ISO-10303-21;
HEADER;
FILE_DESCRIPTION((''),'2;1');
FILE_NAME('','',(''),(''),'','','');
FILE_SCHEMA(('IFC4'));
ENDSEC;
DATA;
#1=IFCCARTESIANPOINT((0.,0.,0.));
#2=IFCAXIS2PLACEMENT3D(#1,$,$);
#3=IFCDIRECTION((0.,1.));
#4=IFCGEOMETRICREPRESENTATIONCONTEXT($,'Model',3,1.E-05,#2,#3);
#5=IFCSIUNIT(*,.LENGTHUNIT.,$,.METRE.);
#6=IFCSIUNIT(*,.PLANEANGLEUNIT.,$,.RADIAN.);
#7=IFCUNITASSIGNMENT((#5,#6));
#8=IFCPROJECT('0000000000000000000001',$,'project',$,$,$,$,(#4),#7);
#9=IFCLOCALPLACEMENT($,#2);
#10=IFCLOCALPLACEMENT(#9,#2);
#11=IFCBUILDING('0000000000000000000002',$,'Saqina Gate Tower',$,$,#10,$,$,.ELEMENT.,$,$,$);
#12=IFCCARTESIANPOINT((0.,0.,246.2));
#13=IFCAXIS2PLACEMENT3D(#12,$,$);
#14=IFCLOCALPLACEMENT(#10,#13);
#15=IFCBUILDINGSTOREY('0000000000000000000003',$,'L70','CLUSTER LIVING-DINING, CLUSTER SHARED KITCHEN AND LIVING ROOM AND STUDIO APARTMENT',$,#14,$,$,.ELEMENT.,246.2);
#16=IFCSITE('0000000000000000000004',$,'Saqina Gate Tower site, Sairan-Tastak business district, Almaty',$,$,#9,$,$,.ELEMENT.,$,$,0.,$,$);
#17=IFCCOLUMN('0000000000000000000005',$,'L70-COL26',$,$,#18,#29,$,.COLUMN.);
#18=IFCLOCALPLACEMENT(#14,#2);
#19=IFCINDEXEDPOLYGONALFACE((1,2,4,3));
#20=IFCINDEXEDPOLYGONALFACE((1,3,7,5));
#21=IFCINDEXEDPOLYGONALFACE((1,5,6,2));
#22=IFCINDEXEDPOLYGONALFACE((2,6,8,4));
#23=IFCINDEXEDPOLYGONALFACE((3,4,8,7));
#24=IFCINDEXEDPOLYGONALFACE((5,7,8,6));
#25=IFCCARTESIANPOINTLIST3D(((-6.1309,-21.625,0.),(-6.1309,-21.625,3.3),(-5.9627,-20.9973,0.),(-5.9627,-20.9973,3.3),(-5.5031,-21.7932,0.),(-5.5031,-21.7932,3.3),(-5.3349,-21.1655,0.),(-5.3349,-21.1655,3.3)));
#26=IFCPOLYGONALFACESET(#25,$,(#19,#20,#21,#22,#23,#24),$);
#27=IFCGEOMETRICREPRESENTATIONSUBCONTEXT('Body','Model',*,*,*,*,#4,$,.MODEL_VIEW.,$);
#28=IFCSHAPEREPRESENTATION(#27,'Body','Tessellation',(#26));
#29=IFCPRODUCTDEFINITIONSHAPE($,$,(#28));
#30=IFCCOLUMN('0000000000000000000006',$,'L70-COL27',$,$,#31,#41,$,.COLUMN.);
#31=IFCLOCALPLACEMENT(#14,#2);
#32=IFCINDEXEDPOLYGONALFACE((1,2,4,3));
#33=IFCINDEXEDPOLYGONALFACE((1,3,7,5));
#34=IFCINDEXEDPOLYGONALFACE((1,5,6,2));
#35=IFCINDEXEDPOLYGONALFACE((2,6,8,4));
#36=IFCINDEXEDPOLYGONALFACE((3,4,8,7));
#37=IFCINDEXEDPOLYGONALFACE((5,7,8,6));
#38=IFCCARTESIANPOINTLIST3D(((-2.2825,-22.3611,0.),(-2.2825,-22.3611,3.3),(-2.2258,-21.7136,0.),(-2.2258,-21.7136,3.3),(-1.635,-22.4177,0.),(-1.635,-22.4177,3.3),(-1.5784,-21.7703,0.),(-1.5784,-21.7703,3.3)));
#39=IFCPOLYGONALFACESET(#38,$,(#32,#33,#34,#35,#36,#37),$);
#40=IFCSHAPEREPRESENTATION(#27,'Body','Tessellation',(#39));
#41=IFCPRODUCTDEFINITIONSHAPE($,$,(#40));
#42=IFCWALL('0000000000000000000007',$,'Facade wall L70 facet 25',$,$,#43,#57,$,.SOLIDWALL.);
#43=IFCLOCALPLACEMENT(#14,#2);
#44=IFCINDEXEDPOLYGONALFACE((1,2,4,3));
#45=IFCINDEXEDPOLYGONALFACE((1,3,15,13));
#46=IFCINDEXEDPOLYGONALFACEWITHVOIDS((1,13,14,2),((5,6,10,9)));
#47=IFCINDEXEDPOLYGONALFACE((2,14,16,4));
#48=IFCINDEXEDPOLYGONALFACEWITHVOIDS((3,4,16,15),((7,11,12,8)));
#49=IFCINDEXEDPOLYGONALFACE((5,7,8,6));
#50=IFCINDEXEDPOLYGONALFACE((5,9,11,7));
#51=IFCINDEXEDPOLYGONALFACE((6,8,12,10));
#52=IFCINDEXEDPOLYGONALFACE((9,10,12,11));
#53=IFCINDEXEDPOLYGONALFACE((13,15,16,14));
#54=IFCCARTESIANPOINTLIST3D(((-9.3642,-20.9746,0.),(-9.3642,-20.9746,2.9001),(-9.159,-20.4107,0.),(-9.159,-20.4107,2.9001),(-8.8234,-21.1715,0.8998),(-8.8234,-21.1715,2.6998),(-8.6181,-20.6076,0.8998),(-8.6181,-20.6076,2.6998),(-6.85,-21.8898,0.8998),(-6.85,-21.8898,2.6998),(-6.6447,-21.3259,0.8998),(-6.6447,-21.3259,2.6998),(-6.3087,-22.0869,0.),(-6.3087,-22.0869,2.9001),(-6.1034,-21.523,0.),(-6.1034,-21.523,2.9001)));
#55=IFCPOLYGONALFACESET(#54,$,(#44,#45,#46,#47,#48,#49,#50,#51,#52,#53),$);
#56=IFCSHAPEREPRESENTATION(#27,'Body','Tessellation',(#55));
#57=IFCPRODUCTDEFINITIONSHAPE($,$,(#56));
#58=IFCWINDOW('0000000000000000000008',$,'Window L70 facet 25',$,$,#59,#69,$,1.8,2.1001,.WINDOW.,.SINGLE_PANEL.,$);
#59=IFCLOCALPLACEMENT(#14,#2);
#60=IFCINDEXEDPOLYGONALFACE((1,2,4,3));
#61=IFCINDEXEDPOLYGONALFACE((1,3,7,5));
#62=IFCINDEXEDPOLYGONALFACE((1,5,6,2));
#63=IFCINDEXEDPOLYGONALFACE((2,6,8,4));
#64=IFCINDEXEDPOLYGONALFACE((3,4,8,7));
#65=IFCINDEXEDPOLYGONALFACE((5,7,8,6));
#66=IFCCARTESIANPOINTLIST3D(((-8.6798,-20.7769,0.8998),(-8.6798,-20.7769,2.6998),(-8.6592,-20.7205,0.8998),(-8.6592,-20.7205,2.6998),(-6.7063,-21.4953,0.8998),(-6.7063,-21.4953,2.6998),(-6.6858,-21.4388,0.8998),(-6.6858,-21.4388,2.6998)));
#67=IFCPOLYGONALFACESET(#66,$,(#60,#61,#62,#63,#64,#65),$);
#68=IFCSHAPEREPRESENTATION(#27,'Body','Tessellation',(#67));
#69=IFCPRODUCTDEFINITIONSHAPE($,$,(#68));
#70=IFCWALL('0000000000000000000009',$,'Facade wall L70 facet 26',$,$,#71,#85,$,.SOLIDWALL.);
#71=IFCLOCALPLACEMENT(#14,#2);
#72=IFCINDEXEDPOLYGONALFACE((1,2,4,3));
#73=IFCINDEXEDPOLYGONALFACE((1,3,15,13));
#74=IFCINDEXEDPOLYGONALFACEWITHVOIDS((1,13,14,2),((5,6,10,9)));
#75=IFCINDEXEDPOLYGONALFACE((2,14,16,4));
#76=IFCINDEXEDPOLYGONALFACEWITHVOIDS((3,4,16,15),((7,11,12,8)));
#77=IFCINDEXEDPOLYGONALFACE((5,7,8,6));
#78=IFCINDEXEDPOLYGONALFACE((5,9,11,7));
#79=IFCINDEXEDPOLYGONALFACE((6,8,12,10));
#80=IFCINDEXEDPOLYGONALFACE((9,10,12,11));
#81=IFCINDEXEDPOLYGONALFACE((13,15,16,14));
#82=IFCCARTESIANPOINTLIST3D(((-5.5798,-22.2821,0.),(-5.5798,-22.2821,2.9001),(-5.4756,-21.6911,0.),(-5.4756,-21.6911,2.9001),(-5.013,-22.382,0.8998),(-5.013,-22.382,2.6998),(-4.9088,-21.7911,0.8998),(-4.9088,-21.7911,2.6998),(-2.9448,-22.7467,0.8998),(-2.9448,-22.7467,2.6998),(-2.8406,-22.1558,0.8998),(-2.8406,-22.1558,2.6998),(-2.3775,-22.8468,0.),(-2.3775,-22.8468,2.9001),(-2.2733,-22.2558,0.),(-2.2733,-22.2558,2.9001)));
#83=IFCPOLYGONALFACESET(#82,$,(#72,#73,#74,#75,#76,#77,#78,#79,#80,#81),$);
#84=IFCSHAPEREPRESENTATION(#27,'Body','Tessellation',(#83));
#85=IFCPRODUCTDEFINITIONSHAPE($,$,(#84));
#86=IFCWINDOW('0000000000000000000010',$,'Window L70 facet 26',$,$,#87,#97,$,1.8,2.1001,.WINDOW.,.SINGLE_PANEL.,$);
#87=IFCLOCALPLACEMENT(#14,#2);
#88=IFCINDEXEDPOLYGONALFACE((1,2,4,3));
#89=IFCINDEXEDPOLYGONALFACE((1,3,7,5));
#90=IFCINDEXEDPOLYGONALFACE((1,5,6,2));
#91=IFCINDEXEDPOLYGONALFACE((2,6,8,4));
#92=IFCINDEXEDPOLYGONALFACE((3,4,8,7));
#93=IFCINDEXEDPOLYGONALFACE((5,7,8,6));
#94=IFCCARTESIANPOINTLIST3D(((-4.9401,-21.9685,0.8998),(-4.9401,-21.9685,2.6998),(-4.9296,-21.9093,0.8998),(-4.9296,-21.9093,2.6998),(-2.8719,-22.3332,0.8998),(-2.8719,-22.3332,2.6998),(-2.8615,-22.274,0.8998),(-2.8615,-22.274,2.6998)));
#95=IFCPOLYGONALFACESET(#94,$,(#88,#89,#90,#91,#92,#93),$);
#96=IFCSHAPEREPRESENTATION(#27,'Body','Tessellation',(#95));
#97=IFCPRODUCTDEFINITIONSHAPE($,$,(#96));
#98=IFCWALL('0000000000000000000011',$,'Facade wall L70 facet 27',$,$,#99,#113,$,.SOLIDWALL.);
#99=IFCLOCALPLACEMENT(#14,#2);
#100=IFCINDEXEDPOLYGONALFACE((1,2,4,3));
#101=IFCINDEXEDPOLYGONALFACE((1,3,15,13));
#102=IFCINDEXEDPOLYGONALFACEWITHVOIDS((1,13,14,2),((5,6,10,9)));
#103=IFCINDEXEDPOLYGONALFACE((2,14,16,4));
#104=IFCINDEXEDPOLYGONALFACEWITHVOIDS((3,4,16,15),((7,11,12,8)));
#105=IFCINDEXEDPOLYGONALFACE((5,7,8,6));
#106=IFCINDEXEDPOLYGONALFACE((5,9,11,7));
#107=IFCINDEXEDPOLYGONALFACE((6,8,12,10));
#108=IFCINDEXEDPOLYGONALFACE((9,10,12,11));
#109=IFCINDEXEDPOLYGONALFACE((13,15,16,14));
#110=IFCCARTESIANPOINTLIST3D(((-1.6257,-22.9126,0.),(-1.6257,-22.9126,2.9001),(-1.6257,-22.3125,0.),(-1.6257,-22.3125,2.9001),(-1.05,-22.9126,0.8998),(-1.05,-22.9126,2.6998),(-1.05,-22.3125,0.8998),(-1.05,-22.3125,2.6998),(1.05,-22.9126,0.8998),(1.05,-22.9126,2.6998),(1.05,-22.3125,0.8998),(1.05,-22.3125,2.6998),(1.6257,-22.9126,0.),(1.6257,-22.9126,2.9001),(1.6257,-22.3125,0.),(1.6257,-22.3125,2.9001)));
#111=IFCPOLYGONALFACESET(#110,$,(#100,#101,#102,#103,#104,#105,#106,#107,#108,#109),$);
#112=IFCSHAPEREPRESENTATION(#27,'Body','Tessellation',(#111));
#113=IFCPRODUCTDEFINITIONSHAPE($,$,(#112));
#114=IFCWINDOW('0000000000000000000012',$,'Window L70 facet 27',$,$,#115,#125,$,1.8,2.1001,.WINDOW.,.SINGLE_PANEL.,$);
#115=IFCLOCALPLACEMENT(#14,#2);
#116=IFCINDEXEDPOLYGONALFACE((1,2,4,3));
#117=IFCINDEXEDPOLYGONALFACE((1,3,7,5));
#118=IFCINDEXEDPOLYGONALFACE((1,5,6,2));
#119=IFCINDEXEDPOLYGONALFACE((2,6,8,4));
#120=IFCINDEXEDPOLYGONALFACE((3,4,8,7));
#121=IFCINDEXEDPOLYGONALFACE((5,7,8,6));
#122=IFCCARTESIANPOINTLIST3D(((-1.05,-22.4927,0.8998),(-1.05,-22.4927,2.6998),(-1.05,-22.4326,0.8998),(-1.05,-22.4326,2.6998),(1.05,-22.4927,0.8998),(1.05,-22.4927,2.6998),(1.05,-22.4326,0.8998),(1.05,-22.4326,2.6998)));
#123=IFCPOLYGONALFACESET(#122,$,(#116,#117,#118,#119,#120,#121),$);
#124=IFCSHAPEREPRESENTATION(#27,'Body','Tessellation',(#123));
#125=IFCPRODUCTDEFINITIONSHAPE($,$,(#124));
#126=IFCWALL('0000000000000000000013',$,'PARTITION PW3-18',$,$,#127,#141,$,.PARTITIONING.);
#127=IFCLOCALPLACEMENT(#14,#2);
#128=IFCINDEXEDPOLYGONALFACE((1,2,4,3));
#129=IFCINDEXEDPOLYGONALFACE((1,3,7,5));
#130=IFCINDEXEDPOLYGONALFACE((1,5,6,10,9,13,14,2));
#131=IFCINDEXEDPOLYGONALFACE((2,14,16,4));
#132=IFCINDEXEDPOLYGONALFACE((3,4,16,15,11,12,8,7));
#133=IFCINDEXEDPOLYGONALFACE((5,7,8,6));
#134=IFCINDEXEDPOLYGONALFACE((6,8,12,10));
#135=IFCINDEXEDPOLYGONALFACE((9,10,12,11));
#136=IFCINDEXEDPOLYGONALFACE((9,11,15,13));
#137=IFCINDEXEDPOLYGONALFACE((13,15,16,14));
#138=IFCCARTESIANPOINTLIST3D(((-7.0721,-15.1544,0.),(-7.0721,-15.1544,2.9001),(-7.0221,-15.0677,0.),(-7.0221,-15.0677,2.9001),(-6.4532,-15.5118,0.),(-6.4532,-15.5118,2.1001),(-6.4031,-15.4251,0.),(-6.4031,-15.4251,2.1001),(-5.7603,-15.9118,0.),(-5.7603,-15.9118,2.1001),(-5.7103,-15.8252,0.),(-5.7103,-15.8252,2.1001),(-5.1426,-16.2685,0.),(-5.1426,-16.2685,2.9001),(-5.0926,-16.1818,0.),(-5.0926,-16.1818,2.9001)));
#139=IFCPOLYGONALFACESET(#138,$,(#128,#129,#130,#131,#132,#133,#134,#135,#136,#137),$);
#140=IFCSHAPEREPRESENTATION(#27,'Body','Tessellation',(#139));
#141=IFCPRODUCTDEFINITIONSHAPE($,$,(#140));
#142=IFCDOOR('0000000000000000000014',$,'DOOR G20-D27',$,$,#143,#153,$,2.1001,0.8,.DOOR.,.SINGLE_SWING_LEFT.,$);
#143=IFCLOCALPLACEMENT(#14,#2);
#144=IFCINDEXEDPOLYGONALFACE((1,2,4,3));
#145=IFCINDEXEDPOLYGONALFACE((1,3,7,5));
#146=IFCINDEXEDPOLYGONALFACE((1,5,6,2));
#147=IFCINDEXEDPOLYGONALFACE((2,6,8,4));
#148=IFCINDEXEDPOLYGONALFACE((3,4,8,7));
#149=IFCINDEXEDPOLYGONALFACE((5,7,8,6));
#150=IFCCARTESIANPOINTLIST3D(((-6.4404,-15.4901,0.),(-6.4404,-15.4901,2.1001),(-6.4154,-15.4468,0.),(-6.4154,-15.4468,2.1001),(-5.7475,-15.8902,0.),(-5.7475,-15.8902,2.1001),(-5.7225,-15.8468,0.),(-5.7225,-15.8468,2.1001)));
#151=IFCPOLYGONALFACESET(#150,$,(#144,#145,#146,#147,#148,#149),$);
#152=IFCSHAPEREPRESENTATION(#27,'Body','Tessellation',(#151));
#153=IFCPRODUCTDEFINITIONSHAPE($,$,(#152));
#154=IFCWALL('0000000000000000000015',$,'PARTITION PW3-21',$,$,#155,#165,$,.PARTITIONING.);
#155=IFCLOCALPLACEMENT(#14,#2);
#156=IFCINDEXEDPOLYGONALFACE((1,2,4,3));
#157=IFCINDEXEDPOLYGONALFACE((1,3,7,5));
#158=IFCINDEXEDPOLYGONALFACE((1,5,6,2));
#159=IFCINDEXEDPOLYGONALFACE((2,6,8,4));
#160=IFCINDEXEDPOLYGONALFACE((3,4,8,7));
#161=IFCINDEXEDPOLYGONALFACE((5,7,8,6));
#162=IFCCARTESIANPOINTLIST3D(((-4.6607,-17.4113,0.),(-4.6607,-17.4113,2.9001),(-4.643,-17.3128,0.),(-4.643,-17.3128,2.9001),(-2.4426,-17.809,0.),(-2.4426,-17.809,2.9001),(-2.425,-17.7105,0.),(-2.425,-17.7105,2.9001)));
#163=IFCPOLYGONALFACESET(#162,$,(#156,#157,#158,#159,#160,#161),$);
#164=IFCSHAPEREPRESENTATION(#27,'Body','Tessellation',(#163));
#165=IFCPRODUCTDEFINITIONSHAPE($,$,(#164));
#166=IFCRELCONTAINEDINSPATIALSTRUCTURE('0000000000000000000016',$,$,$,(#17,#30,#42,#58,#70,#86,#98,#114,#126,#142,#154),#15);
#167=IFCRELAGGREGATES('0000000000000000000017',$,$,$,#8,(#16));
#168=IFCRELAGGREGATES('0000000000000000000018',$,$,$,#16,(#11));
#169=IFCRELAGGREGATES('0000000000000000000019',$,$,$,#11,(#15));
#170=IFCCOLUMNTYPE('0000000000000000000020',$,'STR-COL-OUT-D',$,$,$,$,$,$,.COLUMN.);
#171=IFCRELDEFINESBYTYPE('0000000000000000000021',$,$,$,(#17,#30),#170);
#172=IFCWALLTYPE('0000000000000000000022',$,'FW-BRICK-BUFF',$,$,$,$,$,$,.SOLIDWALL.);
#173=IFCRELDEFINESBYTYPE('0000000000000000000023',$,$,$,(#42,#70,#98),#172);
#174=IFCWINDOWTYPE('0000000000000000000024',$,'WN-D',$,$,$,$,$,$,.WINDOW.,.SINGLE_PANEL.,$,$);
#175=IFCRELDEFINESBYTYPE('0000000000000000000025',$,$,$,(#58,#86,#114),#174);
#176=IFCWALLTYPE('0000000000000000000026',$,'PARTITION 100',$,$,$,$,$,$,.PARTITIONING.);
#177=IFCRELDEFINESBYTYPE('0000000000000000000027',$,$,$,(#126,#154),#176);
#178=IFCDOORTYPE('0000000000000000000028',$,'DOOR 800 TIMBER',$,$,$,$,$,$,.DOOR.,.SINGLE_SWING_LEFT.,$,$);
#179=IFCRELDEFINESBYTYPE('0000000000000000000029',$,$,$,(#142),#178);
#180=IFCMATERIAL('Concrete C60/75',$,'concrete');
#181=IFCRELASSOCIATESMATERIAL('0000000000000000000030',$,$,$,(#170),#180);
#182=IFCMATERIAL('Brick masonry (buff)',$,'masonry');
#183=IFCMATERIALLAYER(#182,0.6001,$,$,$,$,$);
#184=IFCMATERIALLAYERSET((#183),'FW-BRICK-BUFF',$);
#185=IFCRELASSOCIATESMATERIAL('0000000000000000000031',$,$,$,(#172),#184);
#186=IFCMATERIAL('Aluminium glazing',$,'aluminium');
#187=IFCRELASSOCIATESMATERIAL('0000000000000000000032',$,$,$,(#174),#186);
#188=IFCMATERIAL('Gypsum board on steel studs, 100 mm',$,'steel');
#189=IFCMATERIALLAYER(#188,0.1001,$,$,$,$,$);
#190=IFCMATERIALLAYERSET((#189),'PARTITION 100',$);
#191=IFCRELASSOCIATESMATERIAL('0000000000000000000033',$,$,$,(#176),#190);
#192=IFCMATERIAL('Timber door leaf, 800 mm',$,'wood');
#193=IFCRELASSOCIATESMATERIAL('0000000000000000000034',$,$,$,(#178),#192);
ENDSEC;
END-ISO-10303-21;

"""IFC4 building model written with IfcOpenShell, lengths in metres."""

from ifc_helpers import new_model, si_unit, direction, frame, frame_2d, origin, origin_2d, place, context, subcontext, project, spatial, rectangle, extrude, material, layer, layer_set, material_profile, profile_set, type_object, element, fill, save


model = new_model("IFC4")

# Units and contexts
model_context = context("Model", 3, precision=1e-05, world=origin(), true_north=direction((0.0, 1.0)))
body_context = subcontext(model_context, "Body", "Model", "MODEL_VIEW")
ifc_project = project(units=[si_unit("LENGTHUNIT", "METRE"), si_unit("PLANEANGLEUNIT", "RADIAN")], contexts=[model_context])

# Site, building, storey
site_placement = place(None, origin())
site = spatial("IfcSite", under=ifc_project, at=site_placement, Name="Saqina Gate Tower site, Sairan-Tastak business district, Almaty", CompositionType="ELEMENT", RefElevation=0.0)
building_placement = place(site_placement, origin())
building = spatial("IfcBuilding", under=site, at=building_placement, Name="Saqina Gate Tower", CompositionType="ELEMENT")
storey_placement = place(building_placement, frame((0.0, 0.0, 246.2)))
storey = spatial("IfcBuildingStorey", under=building, at=storey_placement, Name="L70", Description="CLUSTER LIVING-DINING, CLUSTER SHARED KITCHEN AND LIVING ROOM AND STUDIO APARTMENT", CompositionType="ELEMENT", Elevation=246.2)

# Columns
ifc_material_1 = material(Name="Concrete C60/75", Category="concrete")
ifc_material_profile = material_profile(ifc_material_1, rectangle(XDim=0.6499, YDim=0.6499, at=origin_2d()), Name="RC 650x650")
ifc_profile_set = profile_set([ifc_material_profile], Name="Concrete C60/75")
column_type = type_object("IfcColumnType", Name="STR-COL-OUT-D", PredefinedType="COLUMN", material=ifc_profile_set)
for number, where, z_axis, x_axis, name in (
    (1, (-5.7329, -21.3953, 0.0), (0.0, 0.0, 1.0), (-0.258819, -0.965926, 0.0), "L70-COL26"),
    (2, (-1.9304, -22.0657, 0.0), (0.0, 0.0, 1.0), (-0.087156, -0.996195, 0.0), "L70-COL27"),
):
    element("IfcColumn", number, at=place(storey_placement, frame(where, z_axis=z_axis, x_axis=x_axis)), inside=storey, type_object=column_type, Name=name, PredefinedType="COLUMN", context=body_context, shape_type="SweptSolid", body=[
        extrude(rectangle(XDim=0.6499, YDim=0.6499, at=origin_2d()), origin(), (0.0, 0.0, 1.0), 3.3),
    ])

# Walls, openings, windows
ifc_material_2 = material(Name="Brick masonry (buff)", Category="masonry")
ifc_layer_1 = layer(ifc_material_2, 0.6001)
ifc_layer_set_1 = layer_set([ifc_layer_1], Name="FW-BRICK-BUFF")
wall_type_1 = type_object("IfcWallType", Name="FW-BRICK-BUFF", PredefinedType="SOLIDWALL", material=ifc_layer_set_1)
wall_1_placement = place(storey_placement, frame((-9.2617, -20.6926, 0.0), z_axis=(0.0, 0.0, 1.0), x_axis=(0.939679, -0.342057, 0.0)))
wall_1 = element("IfcWall", 3, at=wall_1_placement, inside=storey, type_object=wall_type_1, Name="Facade wall L70 facet 25", PredefinedType="SOLIDWALL", context=body_context, shape_type="SweptSolid", body=[
    extrude(rectangle(XDim=3.2517, YDim=0.6001, at=frame_2d((1.626, 0.0))), origin(), (0.0, 0.0, 1.0), 2.9001),
])
opening_1_placement = place(wall_1_placement, frame((0.5757, 0.0, 0.8999)))
opening_1 = element("IfcOpeningElement", 4, at=opening_1_placement, cuts=wall_1, PredefinedType="OPENING", context=body_context, shape_type="SweptSolid", body=[
    extrude(rectangle(XDim=2.1001, YDim=1.8, at=frame_2d((1.05, 0.8999))), frame((0.0, 0.312, 0.0), z_axis=(0.0, -1.0, 0.0), x_axis=(1.0, 0.0, 0.0)), (0.0, 0.0, 1.0), 0.624),
])
ifc_material_3 = material(Name="Aluminium glazing", Category="aluminium")
window_type = type_object("IfcWindowType", Name="WN-D", PartitioningType="SINGLE_PANEL", PredefinedType="WINDOW", material=ifc_material_3)
window_1_placement = place(opening_1_placement, origin())
window_1 = element("IfcWindow", 5, at=window_1_placement, inside=storey, type_object=window_type, Name="Window L70 facet 25", OverallHeight=1.8, OverallWidth=2.1001, PartitioningType="SINGLE_PANEL", PredefinedType="WINDOW", context=body_context, shape_type="SweptSolid", body=[
    extrude(rectangle(XDim=2.1001, YDim=1.8, at=frame_2d((1.05, 0.8999))), frame((0.0, 0.1799, 0.0), z_axis=(0.0, -1.0, 0.0), x_axis=(1.0, 0.0, 0.0)), (0.0, 0.0, 1.0), 0.0601),
])
fill(opening_1, window_1)
wall_2_placement = place(storey_placement, frame((-5.5278, -21.9866, 0.0), z_axis=(0.0, 0.0, 1.0), x_axis=(0.984806, -0.173657, 0.0)))
wall_2 = element("IfcWall", 6, at=wall_2_placement, inside=storey, type_object=wall_type_1, Name="Facade wall L70 facet 26", PredefinedType="SOLIDWALL", context=body_context, shape_type="SweptSolid", body=[
    extrude(rectangle(XDim=3.2517, YDim=0.6001, at=frame_2d((1.626, 0.0))), origin(), (0.0, 0.0, 1.0), 2.9001),
])
opening_2_placement = place(wall_2_placement, frame((0.5757, 0.0, 0.8999)))
opening_2 = element("IfcOpeningElement", 7, at=opening_2_placement, cuts=wall_2, PredefinedType="OPENING", context=body_context, shape_type="SweptSolid", body=[
    extrude(rectangle(XDim=2.1001, YDim=1.8, at=frame_2d((1.05, 0.8999))), frame((0.0, 0.312, 0.0), z_axis=(0.0, -1.0, 0.0), x_axis=(1.0, 0.0, 0.0)), (0.0, 0.0, 1.0), 0.624),
])
window_2_placement = place(opening_2_placement, origin())
window_2 = element("IfcWindow", 8, at=window_2_placement, inside=storey, type_object=window_type, Name="Window L70 facet 26", OverallHeight=1.8, OverallWidth=2.1001, PartitioningType="SINGLE_PANEL", PredefinedType="WINDOW", context=body_context, shape_type="SweptSolid", body=[
    extrude(rectangle(XDim=2.1001, YDim=1.8, at=frame_2d((1.05, 0.8999))), frame((0.0, 0.1799, 0.0), z_axis=(0.0, -1.0, 0.0), x_axis=(1.0, 0.0, 0.0)), (0.0, 0.0, 1.0), 0.0601),
])
fill(opening_2, window_2)
wall_3_placement = place(storey_placement, frame((-1.6257, -22.6125, 0.0), z_axis=(0.0, 0.0, 1.0), x_axis=(1.0, 0.0, 0.0)))
wall_3 = element("IfcWall", 9, at=wall_3_placement, inside=storey, type_object=wall_type_1, Name="Facade wall L70 facet 27", PredefinedType="SOLIDWALL", context=body_context, shape_type="SweptSolid", body=[
    extrude(rectangle(XDim=3.2515, YDim=0.6001, at=frame_2d((1.6257, 0.0))), origin(), (0.0, 0.0, 1.0), 2.9001),
])
opening_3_placement = place(wall_3_placement, frame((0.5757, 0.0, 0.8999)))
opening_3 = element("IfcOpeningElement", 10, at=opening_3_placement, cuts=wall_3, PredefinedType="OPENING", context=body_context, shape_type="SweptSolid", body=[
    extrude(rectangle(XDim=2.1001, YDim=1.8, at=frame_2d((1.05, 0.8999))), frame((0.0, 0.312, 0.0), z_axis=(0.0, -1.0, 0.0), x_axis=(1.0, 0.0, 0.0)), (0.0, 0.0, 1.0), 0.624),
])
window_3_placement = place(opening_3_placement, origin())
window_3 = element("IfcWindow", 11, at=window_3_placement, inside=storey, type_object=window_type, Name="Window L70 facet 27", OverallHeight=1.8, OverallWidth=2.1001, PartitioningType="SINGLE_PANEL", PredefinedType="WINDOW", context=body_context, shape_type="SweptSolid", body=[
    extrude(rectangle(XDim=2.1001, YDim=1.8, at=frame_2d((1.05, 0.8999))), frame((0.0, 0.1799, 0.0), z_axis=(0.0, -1.0, 0.0), x_axis=(1.0, 0.0, 0.0)), (0.0, 0.0, 1.0), 0.0601),
])
fill(opening_3, window_3)

# Wall, opening, door
ifc_material_4 = material(Name="Gypsum board on steel studs, 100 mm", Category="steel")
ifc_layer_2 = layer(ifc_material_4, 0.1001)
ifc_layer_set_2 = layer_set([ifc_layer_2], Name="PARTITION 100")
wall_type_2 = type_object("IfcWallType", Name="PARTITION 100", PredefinedType="PARTITIONING", material=ifc_layer_set_2)
wall_4_placement = place(storey_placement, frame((-7.0471, -15.1111, 0.0), z_axis=(0.0, 0.0, 1.0), x_axis=(0.866016, -0.500017, 0.0)))
wall_4 = element("IfcWall", 12, at=wall_4_placement, inside=storey, type_object=wall_type_2, Name="PARTITION PW3-18", PredefinedType="PARTITIONING", context=body_context, shape_type="SweptSolid", body=[
    extrude(rectangle(XDim=2.228, YDim=0.1001, at=frame_2d((1.114, 0.0))), origin(), (0.0, 0.0, 1.0), 2.9001),
])
opening_4_placement = place(wall_4_placement, frame((0.7148, 0.0, 0.0)))
opening_4 = element("IfcOpeningElement", 13, at=opening_4_placement, cuts=wall_4, PredefinedType="OPENING", context=body_context, shape_type="SweptSolid", body=[
    extrude(rectangle(XDim=0.8, YDim=2.1001, at=frame_2d((0.3999, 1.05))), frame((0.0, 0.062, 0.0), z_axis=(0.0, -1.0, 0.0), x_axis=(1.0, 0.0, 0.0)), (0.0, 0.0, 1.0), 0.124),
])
ifc_material_5 = material(Name="Timber door leaf, 800 mm", Category="wood")
door_type_1 = type_object("IfcDoorType", Name="DOOR 800 TIMBER", OperationType="SINGLE_SWING_LEFT", PredefinedType="DOOR", material=ifc_material_5)
door_1_placement = place(opening_4_placement, frame((0.8, 0.0, 0.0), z_axis=(0.0, 0.0, 1.0), x_axis=(-1.0, 0.0, 0.0)))
door_1 = element("IfcDoor", 14, at=door_1_placement, inside=storey, type_object=door_type_1, Name="DOOR G20-D27", OperationType="SINGLE_SWING_LEFT", OverallHeight=2.1001, OverallWidth=0.8, PredefinedType="DOOR", context=body_context, shape_type="SweptSolid", body=[
    extrude(rectangle(XDim=0.8, YDim=2.1001, at=frame_2d((0.3999, 1.05))), frame((0.0, 0.0249, 0.0), z_axis=(0.0, -1.0, 0.0), x_axis=(1.0, 0.0, 0.0)), (0.0, 0.0, 1.0), 0.05),
])
fill(opening_4, door_1)

# Wall
wall_5_placement = place(storey_placement, frame((-4.6519, -17.3621, 0.0), z_axis=(0.0, 0.0, 1.0), x_axis=(0.984302, -0.176492, 0.0)))
element("IfcWall", 15, at=wall_5_placement, inside=storey, type_object=wall_type_2, Name="PARTITION PW3-21", PredefinedType="PARTITIONING", context=body_context, shape_type="SweptSolid", body=[
    extrude(rectangle(XDim=2.2534, YDim=0.1001, at=frame_2d((1.1267, 0.0))), origin(), (0.0, 0.0, 1.0), 2.9001),
])

save(model, "model.ifc")
